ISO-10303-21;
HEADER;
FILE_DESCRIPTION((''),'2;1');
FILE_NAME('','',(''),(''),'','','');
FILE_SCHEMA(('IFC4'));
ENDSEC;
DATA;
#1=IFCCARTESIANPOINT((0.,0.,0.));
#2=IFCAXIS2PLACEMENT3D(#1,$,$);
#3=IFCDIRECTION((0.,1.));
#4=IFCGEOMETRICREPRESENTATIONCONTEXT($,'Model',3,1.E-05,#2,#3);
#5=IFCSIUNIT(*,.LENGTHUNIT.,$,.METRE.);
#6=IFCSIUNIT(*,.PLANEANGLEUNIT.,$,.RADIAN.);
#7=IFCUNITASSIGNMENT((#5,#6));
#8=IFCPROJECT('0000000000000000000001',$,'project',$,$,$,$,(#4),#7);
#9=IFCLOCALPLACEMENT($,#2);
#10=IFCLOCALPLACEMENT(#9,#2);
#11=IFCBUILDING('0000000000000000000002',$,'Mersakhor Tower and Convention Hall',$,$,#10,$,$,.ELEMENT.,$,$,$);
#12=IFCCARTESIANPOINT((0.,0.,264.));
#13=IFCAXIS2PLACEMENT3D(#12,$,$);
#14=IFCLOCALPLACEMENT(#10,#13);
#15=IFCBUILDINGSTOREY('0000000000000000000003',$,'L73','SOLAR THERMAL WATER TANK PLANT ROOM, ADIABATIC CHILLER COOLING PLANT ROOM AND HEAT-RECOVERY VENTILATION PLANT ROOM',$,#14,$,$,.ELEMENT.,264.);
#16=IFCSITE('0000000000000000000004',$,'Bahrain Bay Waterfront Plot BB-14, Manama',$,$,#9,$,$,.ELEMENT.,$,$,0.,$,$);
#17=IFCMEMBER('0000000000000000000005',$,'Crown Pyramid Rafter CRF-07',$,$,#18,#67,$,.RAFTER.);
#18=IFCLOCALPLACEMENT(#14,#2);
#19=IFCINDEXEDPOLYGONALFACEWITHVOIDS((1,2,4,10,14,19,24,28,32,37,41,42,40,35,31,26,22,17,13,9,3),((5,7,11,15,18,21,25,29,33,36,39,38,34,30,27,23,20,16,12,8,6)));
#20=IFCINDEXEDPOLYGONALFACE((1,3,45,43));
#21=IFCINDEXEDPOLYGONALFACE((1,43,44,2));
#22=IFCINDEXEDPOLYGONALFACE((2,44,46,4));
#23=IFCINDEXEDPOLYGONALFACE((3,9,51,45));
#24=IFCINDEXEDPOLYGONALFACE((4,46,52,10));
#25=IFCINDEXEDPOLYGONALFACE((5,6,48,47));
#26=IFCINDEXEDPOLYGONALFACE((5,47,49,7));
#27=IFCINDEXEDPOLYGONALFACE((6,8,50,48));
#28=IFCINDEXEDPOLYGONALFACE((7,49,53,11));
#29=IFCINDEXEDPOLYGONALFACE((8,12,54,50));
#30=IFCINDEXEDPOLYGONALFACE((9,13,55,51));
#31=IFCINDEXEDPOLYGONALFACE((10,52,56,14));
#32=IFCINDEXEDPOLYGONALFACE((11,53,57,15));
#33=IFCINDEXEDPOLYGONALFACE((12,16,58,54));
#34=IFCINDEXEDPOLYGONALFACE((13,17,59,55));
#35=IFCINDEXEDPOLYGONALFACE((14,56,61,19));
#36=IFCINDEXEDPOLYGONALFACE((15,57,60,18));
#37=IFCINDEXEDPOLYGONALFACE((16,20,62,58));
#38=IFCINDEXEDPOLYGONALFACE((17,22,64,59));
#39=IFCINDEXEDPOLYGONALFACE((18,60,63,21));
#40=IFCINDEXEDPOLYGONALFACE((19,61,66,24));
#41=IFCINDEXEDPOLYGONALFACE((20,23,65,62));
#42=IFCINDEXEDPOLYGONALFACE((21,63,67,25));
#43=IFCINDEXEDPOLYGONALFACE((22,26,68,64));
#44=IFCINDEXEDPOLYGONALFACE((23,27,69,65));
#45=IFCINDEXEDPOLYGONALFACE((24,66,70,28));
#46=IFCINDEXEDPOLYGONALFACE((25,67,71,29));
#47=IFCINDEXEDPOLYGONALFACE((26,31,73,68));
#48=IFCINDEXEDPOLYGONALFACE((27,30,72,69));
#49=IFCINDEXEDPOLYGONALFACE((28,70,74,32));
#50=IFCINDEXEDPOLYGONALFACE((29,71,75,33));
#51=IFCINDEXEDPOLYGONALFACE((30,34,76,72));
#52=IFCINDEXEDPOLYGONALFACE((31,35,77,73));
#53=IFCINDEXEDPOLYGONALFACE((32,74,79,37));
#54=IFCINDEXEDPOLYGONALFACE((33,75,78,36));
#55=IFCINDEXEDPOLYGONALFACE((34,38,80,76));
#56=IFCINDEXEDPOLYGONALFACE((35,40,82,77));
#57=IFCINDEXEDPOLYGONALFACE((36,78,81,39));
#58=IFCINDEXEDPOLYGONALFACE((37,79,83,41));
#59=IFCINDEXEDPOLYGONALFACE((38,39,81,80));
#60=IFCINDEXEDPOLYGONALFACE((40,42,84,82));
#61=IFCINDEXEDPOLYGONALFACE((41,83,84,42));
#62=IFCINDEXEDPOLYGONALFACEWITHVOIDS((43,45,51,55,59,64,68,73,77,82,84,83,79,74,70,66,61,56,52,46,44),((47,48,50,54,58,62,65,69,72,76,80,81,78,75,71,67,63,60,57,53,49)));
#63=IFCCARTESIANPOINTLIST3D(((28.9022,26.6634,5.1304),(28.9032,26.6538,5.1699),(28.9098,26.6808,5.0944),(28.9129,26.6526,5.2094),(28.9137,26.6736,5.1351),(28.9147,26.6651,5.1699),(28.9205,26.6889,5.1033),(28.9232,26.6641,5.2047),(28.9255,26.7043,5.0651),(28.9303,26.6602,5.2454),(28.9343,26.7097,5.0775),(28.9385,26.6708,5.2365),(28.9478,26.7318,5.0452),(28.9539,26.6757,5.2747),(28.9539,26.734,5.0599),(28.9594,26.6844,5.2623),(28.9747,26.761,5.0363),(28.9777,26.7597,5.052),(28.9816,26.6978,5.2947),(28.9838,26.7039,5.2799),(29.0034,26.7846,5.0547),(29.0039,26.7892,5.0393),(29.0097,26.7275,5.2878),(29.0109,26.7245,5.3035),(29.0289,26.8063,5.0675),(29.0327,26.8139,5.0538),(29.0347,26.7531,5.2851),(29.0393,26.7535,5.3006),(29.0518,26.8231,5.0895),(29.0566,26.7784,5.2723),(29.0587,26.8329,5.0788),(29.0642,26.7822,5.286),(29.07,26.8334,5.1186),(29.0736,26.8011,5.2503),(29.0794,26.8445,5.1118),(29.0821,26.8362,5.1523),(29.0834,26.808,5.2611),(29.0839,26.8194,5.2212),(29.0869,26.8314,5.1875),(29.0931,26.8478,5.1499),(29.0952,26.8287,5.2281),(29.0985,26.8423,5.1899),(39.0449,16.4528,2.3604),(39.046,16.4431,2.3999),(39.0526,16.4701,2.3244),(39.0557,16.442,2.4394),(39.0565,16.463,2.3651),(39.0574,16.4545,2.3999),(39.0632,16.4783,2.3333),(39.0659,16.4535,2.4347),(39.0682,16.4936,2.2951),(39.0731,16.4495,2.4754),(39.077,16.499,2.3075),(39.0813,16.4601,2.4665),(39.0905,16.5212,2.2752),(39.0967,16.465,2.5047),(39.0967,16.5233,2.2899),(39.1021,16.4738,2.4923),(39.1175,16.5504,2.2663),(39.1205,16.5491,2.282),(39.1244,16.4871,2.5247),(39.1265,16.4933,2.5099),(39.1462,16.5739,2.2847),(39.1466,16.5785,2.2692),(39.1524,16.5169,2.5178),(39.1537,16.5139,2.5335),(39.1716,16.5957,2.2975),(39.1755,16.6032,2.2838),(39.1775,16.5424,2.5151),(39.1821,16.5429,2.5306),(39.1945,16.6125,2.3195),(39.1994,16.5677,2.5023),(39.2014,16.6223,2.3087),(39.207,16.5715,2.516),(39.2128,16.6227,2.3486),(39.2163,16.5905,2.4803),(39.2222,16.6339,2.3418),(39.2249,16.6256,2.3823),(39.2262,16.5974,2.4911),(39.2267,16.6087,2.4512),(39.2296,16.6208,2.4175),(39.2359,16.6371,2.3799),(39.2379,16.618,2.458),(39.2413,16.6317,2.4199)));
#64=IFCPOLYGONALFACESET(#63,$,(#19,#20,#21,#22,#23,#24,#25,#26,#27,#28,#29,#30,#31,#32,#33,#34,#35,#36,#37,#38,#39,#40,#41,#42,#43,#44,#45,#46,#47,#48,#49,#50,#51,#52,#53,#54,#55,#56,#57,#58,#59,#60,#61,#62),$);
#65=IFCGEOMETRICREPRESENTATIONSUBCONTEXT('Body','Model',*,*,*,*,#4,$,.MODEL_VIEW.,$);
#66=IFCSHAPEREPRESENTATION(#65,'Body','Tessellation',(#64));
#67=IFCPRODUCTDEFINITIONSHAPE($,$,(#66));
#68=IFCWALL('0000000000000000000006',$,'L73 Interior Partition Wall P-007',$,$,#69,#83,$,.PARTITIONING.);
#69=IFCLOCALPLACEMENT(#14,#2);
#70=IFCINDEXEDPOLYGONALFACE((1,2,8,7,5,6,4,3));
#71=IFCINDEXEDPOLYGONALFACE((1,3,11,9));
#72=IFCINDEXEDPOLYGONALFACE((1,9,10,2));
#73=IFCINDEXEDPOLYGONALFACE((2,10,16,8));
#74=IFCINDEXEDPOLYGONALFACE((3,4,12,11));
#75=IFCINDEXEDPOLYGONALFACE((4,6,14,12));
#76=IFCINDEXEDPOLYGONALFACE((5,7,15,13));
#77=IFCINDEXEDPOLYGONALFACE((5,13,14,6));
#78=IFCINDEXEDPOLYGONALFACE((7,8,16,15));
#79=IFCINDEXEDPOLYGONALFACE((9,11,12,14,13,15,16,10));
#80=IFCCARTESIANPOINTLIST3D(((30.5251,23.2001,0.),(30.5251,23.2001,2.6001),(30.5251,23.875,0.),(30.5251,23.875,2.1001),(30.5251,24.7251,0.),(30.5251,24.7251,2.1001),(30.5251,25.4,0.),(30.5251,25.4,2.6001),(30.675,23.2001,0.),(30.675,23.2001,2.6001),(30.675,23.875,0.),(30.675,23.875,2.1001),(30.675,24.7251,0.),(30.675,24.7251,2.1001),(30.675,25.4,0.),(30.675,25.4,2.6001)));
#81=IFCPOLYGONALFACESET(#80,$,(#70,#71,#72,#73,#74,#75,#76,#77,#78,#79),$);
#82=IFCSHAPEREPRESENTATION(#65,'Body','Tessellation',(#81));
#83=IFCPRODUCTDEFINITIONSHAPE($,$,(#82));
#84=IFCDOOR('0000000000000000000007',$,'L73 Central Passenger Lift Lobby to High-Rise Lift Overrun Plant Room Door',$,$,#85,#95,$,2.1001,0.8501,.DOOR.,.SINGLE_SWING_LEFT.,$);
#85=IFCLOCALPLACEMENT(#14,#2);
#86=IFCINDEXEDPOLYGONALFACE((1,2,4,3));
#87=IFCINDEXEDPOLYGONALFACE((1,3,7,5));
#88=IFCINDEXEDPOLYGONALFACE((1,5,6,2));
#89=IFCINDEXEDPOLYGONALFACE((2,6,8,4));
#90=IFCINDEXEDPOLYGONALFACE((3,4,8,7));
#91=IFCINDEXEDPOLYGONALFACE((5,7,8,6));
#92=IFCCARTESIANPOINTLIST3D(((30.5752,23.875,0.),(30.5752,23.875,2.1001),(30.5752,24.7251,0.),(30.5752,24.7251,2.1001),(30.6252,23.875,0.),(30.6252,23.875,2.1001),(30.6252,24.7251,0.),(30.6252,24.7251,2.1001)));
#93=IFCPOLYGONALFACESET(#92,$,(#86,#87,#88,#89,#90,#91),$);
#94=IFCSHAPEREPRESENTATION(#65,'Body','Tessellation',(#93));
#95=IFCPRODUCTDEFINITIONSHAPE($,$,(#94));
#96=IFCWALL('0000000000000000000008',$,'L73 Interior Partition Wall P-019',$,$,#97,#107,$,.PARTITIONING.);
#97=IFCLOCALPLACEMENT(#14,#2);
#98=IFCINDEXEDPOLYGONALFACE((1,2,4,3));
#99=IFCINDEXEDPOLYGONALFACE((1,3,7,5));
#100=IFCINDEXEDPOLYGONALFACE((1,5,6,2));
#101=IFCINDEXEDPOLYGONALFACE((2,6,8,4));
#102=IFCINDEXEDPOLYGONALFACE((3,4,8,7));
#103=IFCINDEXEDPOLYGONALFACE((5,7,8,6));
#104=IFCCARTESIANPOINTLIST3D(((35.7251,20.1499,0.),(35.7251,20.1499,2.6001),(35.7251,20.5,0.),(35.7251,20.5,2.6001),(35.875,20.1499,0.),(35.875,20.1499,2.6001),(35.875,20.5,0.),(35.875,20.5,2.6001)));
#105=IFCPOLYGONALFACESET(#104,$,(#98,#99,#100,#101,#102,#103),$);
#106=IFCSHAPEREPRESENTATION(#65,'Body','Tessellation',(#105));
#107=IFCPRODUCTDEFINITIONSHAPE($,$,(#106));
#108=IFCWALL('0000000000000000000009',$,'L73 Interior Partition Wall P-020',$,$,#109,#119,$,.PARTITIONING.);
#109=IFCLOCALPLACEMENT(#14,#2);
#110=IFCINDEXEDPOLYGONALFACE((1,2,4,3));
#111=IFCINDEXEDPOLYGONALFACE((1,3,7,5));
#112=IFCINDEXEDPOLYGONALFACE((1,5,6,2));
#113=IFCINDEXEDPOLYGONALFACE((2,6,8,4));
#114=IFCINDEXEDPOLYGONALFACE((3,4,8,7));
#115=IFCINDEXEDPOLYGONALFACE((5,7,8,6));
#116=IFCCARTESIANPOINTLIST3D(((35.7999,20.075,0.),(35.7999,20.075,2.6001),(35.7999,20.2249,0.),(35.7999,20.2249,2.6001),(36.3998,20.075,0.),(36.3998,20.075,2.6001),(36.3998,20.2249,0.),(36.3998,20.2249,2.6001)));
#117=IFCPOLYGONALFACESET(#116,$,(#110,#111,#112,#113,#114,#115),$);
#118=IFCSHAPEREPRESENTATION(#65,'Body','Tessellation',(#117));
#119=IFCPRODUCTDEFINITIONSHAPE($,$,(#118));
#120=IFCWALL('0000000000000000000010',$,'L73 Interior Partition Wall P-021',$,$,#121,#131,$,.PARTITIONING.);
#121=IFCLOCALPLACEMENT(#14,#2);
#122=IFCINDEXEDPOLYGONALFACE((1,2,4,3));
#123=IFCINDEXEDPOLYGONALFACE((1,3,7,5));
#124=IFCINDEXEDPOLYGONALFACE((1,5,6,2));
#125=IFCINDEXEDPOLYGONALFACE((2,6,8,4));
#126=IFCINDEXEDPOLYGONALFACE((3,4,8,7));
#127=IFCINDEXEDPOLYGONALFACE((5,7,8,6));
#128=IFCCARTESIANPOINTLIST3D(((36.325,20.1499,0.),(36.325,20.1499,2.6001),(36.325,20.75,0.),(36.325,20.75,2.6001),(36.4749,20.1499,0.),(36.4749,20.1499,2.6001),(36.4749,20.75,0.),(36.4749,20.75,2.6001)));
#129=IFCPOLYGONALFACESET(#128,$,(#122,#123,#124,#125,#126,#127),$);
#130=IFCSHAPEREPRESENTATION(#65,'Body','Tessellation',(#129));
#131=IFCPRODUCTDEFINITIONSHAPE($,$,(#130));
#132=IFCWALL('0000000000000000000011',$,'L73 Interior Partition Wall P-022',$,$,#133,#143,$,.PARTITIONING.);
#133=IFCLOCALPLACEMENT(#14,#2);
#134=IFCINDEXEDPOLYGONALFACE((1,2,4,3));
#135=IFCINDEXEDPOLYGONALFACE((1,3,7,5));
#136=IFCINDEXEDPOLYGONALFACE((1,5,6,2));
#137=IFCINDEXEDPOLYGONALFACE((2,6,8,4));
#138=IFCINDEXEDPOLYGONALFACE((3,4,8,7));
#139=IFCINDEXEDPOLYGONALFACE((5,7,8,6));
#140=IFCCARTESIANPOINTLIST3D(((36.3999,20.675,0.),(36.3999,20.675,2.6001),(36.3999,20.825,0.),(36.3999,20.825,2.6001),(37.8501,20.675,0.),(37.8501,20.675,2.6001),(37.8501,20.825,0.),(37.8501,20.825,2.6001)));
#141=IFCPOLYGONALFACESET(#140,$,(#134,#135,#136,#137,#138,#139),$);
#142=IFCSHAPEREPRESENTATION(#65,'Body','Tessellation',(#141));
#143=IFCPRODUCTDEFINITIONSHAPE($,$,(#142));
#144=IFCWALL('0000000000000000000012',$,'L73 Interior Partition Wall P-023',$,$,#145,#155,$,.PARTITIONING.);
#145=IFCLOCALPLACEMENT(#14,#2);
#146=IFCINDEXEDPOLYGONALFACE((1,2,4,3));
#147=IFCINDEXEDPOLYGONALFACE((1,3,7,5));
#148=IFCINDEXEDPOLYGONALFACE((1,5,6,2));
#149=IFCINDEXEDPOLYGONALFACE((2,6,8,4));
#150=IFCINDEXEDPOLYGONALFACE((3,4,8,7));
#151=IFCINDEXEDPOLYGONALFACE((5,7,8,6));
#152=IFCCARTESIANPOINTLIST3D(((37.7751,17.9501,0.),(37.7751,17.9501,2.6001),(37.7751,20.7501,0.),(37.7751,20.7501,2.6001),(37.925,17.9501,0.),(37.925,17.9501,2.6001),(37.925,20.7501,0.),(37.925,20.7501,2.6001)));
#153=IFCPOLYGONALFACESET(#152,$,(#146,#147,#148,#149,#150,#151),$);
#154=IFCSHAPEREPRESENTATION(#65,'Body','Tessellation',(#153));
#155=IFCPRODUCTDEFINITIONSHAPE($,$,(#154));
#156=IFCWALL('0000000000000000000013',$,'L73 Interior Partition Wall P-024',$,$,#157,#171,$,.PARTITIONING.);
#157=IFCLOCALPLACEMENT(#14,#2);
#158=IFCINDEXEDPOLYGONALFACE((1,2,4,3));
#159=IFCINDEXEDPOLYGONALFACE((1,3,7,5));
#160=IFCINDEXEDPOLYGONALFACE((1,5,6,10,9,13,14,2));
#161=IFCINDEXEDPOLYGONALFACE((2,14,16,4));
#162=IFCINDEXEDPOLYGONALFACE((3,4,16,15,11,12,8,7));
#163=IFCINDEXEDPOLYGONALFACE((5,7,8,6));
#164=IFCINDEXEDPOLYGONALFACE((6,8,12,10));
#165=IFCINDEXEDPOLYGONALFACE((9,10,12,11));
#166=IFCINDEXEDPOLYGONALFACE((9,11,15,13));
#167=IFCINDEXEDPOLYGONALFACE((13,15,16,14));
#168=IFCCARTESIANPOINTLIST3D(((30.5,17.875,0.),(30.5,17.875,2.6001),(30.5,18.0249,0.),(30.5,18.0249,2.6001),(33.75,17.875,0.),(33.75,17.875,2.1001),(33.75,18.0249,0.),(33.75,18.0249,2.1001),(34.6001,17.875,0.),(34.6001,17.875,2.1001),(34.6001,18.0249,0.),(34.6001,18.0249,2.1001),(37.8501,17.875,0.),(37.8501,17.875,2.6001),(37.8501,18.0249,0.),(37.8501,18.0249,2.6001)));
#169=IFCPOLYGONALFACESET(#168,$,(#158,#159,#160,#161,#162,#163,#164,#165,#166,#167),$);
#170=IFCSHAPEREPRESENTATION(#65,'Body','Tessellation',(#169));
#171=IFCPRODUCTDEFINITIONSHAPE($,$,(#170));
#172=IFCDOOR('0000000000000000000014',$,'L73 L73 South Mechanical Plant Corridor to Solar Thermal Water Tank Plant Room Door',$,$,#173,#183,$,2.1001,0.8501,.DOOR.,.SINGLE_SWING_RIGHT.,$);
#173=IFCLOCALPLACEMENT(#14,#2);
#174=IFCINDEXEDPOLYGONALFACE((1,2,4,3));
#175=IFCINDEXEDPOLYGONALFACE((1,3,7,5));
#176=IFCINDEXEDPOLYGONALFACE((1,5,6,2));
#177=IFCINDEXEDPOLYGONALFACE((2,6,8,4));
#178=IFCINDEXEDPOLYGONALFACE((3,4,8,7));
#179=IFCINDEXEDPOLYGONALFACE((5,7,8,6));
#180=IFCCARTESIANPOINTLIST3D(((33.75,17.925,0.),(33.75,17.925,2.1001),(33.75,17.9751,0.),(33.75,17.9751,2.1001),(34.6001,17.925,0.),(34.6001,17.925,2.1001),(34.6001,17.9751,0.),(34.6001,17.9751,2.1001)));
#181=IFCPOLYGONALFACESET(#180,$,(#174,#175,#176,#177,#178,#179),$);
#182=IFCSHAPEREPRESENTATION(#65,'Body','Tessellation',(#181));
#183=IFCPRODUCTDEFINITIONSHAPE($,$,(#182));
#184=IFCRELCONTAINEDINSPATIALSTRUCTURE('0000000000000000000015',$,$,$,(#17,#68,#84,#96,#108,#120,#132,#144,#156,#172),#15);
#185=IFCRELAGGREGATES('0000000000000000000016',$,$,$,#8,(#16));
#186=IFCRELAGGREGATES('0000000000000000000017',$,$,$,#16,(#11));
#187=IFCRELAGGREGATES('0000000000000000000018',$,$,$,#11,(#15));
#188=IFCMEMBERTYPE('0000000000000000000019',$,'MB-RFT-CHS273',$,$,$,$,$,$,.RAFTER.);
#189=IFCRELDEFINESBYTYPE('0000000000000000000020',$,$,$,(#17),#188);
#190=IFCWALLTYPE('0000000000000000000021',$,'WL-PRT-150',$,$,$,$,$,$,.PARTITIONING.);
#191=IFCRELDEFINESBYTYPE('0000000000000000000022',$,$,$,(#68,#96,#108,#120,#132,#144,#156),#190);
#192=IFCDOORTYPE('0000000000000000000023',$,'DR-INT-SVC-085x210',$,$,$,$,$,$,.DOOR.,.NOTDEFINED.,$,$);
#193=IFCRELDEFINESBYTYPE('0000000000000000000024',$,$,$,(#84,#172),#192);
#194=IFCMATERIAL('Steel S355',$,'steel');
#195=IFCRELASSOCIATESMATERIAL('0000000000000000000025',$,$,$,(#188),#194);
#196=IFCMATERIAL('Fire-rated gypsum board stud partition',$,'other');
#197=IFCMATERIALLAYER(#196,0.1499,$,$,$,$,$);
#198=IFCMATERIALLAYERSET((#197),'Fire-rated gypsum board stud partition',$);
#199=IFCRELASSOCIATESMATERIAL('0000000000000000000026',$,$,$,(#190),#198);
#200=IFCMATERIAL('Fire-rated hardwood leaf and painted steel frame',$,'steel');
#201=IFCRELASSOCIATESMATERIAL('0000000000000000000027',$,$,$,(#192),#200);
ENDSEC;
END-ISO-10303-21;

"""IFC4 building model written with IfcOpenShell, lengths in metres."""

from ifc_helpers import new_model, si_unit, direction, frame, frame_2d, origin, origin_2d, place, context, subcontext, project, spatial, rectangle, hollow_circle, extrude, material, layer, layer_set, material_profile, profile_set, type_object, element, fill, save


model = new_model("IFC4")

# Units and contexts
model_context = context("Model", 3, precision=1e-05, world=origin(), true_north=direction((0.0, 1.0)))
body_context = subcontext(model_context, "Body", "Model", "MODEL_VIEW")
ifc_project = project(units=[si_unit("LENGTHUNIT", "METRE"), si_unit("PLANEANGLEUNIT", "RADIAN")], contexts=[model_context])

# Site, building, storey
site_placement = place(None, origin())
site = spatial("IfcSite", under=ifc_project, at=site_placement, Name="Bahrain Bay Waterfront Plot BB-14, Manama", CompositionType="ELEMENT", RefElevation=0.0)
building_placement = place(site_placement, origin())
building = spatial("IfcBuilding", under=site, at=building_placement, Name="Mersakhor Tower and Convention Hall", CompositionType="ELEMENT")
storey_placement = place(building_placement, frame((0.0, 0.0, 264.0)))
storey = spatial("IfcBuildingStorey", under=building, at=storey_placement, Name="L73", Description="SOLAR THERMAL WATER TANK PLANT ROOM, ADIABATIC CHILLER COOLING PLANT ROOM AND HEAT-RECOVERY VENTILATION PLANT ROOM", CompositionType="ELEMENT", Elevation=264.0)

# Member
ifc_material_1 = material(Name="Steel S355", Category="steel")
ifc_material_profile_1 = material_profile(ifc_material_1, hollow_circle(Radius=0.1365, WallThickness=0.0161, at=origin_2d()), Name="CHS 273x16")
ifc_profile_set_1 = profile_set([ifc_material_profile_1], Name="Steel S355")
member_type_1 = type_object("IfcMemberType", Name="MB-RFT-CHS273", PredefinedType="RAFTER", material=ifc_profile_set_1)
member_1_placement = place(storey_placement, frame((39.1428, 16.5393, 2.3999), z_axis=(-0.692044, 0.696674, 0.188998), x_axis=(-0.709461, -0.704745, 0.0)))
element("IfcMember", 1, at=member_1_placement, inside=storey, type_object=member_type_1, Name="Crown Pyramid Rafter CRF-07", PredefinedType="RAFTER", context=body_context, shape_type="SweptSolid", body=[
    extrude(hollow_circle(Radius=0.1365, WallThickness=0.0161, at=origin_2d()), origin(), (0.0, 0.0, 1.0), 14.6562),
])

# Wall, opening, door
ifc_material_2 = material(Name="Fire-rated gypsum board stud partition", Category="other")
ifc_layer_1 = layer(ifc_material_2, 0.1499)
ifc_layer_set_1 = layer_set([ifc_layer_1], Name="Fire-rated gypsum board stud partition")
wall_type_1 = type_object("IfcWallType", Name="WL-PRT-150", PredefinedType="PARTITIONING", material=ifc_layer_set_1)
wall_1_placement = place(storey_placement, frame((30.6001, 23.2, 0.0), z_axis=(0.0, 0.0, 1.0), x_axis=(0.0, 1.0, 0.0)))
wall_1 = element("IfcWall", 2, at=wall_1_placement, inside=storey, type_object=wall_type_1, Name="L73 Interior Partition Wall P-007", PredefinedType="PARTITIONING", context=body_context, shape_type="SweptSolid", body=[
    extrude(rectangle(XDim=2.2, YDim=0.1499, at=frame_2d((1.1001, 0.0))), origin(), (0.0, 0.0, 1.0), 2.6001),
])
opening_1_placement = place(wall_1_placement, frame((0.675, 0.0, 0.0)))
opening_1 = element("IfcOpeningElement", 3, at=opening_1_placement, cuts=wall_1, PredefinedType="OPENING", context=body_context, shape_type="SweptSolid", body=[
    extrude(rectangle(XDim=0.8501, YDim=2.1001, at=frame_2d((0.425, 1.05))), frame((0.0, 0.085, 0.0), z_axis=(0.0, -1.0, 0.0), x_axis=(1.0, 0.0, 0.0)), (0.0, 0.0, 1.0), 0.1699),
])
ifc_material_3 = material(Name="Fire-rated hardwood leaf and painted steel frame", Category="steel")
door_type_1 = type_object("IfcDoorType", Name="DR-INT-SVC-085x210", OperationType="NOTDEFINED", PredefinedType="DOOR", material=ifc_material_3)
door_1_placement = place(opening_1_placement, origin())
door_1 = element("IfcDoor", 4, at=door_1_placement, inside=storey, type_object=door_type_1, Name="L73 Central Passenger Lift Lobby to High-Rise Lift Overrun Plant Room Door", OperationType="SINGLE_SWING_LEFT", OverallHeight=2.1001, OverallWidth=0.8501, PredefinedType="DOOR", context=body_context, shape_type="SweptSolid", body=[
    extrude(rectangle(XDim=0.8501, YDim=2.1001, at=frame_2d((0.425, 1.05))), frame((0.0, 0.0249, 0.0), z_axis=(0.0, -1.0, 0.0), x_axis=(1.0, 0.0, 0.0)), (0.0, 0.0, 1.0), 0.05),
])
fill(opening_1, door_1)

# Walls
wall_2_placement = place(storey_placement, frame((35.8, 20.5, 0.0), z_axis=(0.0, 0.0, 1.0), x_axis=(0.0, -1.0, 0.0)))
element("IfcWall", 5, at=wall_2_placement, inside=storey, type_object=wall_type_1, Name="L73 Interior Partition Wall P-019", PredefinedType="PARTITIONING", context=body_context, shape_type="SweptSolid", body=[
    extrude(rectangle(XDim=0.3501, YDim=0.1499, at=frame_2d((0.175, 0.0))), origin(), (0.0, 0.0, 1.0), 2.6001),
])
wall_3_placement = place(storey_placement, frame((35.8, 20.1499, 0.0), z_axis=(0.0, 0.0, 1.0), x_axis=(1.0, 0.0, 0.0)))
element("IfcWall", 6, at=wall_3_placement, inside=storey, type_object=wall_type_1, Name="L73 Interior Partition Wall P-020", PredefinedType="PARTITIONING", context=body_context, shape_type="SweptSolid", body=[
    extrude(rectangle(XDim=0.5999, YDim=0.1499, at=frame_2d((0.2998, 0.0))), origin(), (0.0, 0.0, 1.0), 2.6001),
])
wall_4_placement = place(storey_placement, frame((36.3999, 20.1499, 0.0), z_axis=(0.0, 0.0, 1.0), x_axis=(0.0, 1.0, 0.0)))
element("IfcWall", 7, at=wall_4_placement, inside=storey, type_object=wall_type_1, Name="L73 Interior Partition Wall P-021", PredefinedType="PARTITIONING", context=body_context, shape_type="SweptSolid", body=[
    extrude(rectangle(XDim=0.6001, YDim=0.1499, at=frame_2d((0.3, 0.0))), origin(), (0.0, 0.0, 1.0), 2.6001),
])
wall_5_placement = place(storey_placement, frame((36.3999, 20.75, 0.0), z_axis=(0.0, 0.0, 1.0), x_axis=(1.0, 0.0, 0.0)))
element("IfcWall", 8, at=wall_5_placement, inside=storey, type_object=wall_type_1, Name="L73 Interior Partition Wall P-022", PredefinedType="PARTITIONING", context=body_context, shape_type="SweptSolid", body=[
    extrude(rectangle(XDim=1.4502, YDim=0.1499, at=frame_2d((0.7251, 0.0))), origin(), (0.0, 0.0, 1.0), 2.6001),
])
wall_6_placement = place(storey_placement, frame((37.8501, 20.75, 0.0), z_axis=(0.0, 0.0, 1.0), x_axis=(0.0, -1.0, 0.0)))
element("IfcWall", 9, at=wall_6_placement, inside=storey, type_object=wall_type_1, Name="L73 Interior Partition Wall P-023", PredefinedType="PARTITIONING", context=body_context, shape_type="SweptSolid", body=[
    extrude(rectangle(XDim=2.8, YDim=0.1499, at=frame_2d((1.3999, 0.0))), origin(), (0.0, 0.0, 1.0), 2.6001),
])

# Wall, opening, door
wall_7_placement = place(storey_placement, frame((37.8501, 17.95, 0.0), z_axis=(0.0, 0.0, 1.0), x_axis=(-1.0, 0.0, 0.0)))
wall_7 = element("IfcWall", 10, at=wall_7_placement, inside=storey, type_object=wall_type_1, Name="L73 Interior Partition Wall P-024", PredefinedType="PARTITIONING", context=body_context, shape_type="SweptSolid", body=[
    extrude(rectangle(XDim=7.3501, YDim=0.1499, at=frame_2d((3.675, 0.0))), origin(), (0.0, 0.0, 1.0), 2.6001),
])
opening_2_placement = place(wall_7_placement, frame((3.25, 0.0, 0.0)))
opening_2 = element("IfcOpeningElement", 11, at=opening_2_placement, cuts=wall_7, PredefinedType="OPENING", context=body_context, shape_type="SweptSolid", body=[
    extrude(rectangle(XDim=0.8501, YDim=2.1001, at=frame_2d((0.425, 1.05))), frame((0.0, 0.085, 0.0), z_axis=(0.0, -1.0, 0.0), x_axis=(1.0, 0.0, 0.0)), (0.0, 0.0, 1.0), 0.1699),
])
door_2_placement = place(opening_2_placement, origin())
door_2 = element("IfcDoor", 12, at=door_2_placement, inside=storey, type_object=door_type_1, Name="L73 L73 South Mechanical Plant Corridor to Solar Thermal Water Tank Plant Room Door", OperationType="SINGLE_SWING_RIGHT", OverallHeight=2.1001, OverallWidth=0.8501, PredefinedType="DOOR", context=body_context, shape_type="SweptSolid", body=[
    extrude(rectangle(XDim=0.8501, YDim=2.1001, at=frame_2d((0.425, 1.05))), frame((0.0, 0.0249, 0.0), z_axis=(0.0, -1.0, 0.0), x_axis=(1.0, 0.0, 0.0)), (0.0, 0.0, 1.0), 0.05),
])
fill(opening_2, door_2)

save(model, "model.ifc")
